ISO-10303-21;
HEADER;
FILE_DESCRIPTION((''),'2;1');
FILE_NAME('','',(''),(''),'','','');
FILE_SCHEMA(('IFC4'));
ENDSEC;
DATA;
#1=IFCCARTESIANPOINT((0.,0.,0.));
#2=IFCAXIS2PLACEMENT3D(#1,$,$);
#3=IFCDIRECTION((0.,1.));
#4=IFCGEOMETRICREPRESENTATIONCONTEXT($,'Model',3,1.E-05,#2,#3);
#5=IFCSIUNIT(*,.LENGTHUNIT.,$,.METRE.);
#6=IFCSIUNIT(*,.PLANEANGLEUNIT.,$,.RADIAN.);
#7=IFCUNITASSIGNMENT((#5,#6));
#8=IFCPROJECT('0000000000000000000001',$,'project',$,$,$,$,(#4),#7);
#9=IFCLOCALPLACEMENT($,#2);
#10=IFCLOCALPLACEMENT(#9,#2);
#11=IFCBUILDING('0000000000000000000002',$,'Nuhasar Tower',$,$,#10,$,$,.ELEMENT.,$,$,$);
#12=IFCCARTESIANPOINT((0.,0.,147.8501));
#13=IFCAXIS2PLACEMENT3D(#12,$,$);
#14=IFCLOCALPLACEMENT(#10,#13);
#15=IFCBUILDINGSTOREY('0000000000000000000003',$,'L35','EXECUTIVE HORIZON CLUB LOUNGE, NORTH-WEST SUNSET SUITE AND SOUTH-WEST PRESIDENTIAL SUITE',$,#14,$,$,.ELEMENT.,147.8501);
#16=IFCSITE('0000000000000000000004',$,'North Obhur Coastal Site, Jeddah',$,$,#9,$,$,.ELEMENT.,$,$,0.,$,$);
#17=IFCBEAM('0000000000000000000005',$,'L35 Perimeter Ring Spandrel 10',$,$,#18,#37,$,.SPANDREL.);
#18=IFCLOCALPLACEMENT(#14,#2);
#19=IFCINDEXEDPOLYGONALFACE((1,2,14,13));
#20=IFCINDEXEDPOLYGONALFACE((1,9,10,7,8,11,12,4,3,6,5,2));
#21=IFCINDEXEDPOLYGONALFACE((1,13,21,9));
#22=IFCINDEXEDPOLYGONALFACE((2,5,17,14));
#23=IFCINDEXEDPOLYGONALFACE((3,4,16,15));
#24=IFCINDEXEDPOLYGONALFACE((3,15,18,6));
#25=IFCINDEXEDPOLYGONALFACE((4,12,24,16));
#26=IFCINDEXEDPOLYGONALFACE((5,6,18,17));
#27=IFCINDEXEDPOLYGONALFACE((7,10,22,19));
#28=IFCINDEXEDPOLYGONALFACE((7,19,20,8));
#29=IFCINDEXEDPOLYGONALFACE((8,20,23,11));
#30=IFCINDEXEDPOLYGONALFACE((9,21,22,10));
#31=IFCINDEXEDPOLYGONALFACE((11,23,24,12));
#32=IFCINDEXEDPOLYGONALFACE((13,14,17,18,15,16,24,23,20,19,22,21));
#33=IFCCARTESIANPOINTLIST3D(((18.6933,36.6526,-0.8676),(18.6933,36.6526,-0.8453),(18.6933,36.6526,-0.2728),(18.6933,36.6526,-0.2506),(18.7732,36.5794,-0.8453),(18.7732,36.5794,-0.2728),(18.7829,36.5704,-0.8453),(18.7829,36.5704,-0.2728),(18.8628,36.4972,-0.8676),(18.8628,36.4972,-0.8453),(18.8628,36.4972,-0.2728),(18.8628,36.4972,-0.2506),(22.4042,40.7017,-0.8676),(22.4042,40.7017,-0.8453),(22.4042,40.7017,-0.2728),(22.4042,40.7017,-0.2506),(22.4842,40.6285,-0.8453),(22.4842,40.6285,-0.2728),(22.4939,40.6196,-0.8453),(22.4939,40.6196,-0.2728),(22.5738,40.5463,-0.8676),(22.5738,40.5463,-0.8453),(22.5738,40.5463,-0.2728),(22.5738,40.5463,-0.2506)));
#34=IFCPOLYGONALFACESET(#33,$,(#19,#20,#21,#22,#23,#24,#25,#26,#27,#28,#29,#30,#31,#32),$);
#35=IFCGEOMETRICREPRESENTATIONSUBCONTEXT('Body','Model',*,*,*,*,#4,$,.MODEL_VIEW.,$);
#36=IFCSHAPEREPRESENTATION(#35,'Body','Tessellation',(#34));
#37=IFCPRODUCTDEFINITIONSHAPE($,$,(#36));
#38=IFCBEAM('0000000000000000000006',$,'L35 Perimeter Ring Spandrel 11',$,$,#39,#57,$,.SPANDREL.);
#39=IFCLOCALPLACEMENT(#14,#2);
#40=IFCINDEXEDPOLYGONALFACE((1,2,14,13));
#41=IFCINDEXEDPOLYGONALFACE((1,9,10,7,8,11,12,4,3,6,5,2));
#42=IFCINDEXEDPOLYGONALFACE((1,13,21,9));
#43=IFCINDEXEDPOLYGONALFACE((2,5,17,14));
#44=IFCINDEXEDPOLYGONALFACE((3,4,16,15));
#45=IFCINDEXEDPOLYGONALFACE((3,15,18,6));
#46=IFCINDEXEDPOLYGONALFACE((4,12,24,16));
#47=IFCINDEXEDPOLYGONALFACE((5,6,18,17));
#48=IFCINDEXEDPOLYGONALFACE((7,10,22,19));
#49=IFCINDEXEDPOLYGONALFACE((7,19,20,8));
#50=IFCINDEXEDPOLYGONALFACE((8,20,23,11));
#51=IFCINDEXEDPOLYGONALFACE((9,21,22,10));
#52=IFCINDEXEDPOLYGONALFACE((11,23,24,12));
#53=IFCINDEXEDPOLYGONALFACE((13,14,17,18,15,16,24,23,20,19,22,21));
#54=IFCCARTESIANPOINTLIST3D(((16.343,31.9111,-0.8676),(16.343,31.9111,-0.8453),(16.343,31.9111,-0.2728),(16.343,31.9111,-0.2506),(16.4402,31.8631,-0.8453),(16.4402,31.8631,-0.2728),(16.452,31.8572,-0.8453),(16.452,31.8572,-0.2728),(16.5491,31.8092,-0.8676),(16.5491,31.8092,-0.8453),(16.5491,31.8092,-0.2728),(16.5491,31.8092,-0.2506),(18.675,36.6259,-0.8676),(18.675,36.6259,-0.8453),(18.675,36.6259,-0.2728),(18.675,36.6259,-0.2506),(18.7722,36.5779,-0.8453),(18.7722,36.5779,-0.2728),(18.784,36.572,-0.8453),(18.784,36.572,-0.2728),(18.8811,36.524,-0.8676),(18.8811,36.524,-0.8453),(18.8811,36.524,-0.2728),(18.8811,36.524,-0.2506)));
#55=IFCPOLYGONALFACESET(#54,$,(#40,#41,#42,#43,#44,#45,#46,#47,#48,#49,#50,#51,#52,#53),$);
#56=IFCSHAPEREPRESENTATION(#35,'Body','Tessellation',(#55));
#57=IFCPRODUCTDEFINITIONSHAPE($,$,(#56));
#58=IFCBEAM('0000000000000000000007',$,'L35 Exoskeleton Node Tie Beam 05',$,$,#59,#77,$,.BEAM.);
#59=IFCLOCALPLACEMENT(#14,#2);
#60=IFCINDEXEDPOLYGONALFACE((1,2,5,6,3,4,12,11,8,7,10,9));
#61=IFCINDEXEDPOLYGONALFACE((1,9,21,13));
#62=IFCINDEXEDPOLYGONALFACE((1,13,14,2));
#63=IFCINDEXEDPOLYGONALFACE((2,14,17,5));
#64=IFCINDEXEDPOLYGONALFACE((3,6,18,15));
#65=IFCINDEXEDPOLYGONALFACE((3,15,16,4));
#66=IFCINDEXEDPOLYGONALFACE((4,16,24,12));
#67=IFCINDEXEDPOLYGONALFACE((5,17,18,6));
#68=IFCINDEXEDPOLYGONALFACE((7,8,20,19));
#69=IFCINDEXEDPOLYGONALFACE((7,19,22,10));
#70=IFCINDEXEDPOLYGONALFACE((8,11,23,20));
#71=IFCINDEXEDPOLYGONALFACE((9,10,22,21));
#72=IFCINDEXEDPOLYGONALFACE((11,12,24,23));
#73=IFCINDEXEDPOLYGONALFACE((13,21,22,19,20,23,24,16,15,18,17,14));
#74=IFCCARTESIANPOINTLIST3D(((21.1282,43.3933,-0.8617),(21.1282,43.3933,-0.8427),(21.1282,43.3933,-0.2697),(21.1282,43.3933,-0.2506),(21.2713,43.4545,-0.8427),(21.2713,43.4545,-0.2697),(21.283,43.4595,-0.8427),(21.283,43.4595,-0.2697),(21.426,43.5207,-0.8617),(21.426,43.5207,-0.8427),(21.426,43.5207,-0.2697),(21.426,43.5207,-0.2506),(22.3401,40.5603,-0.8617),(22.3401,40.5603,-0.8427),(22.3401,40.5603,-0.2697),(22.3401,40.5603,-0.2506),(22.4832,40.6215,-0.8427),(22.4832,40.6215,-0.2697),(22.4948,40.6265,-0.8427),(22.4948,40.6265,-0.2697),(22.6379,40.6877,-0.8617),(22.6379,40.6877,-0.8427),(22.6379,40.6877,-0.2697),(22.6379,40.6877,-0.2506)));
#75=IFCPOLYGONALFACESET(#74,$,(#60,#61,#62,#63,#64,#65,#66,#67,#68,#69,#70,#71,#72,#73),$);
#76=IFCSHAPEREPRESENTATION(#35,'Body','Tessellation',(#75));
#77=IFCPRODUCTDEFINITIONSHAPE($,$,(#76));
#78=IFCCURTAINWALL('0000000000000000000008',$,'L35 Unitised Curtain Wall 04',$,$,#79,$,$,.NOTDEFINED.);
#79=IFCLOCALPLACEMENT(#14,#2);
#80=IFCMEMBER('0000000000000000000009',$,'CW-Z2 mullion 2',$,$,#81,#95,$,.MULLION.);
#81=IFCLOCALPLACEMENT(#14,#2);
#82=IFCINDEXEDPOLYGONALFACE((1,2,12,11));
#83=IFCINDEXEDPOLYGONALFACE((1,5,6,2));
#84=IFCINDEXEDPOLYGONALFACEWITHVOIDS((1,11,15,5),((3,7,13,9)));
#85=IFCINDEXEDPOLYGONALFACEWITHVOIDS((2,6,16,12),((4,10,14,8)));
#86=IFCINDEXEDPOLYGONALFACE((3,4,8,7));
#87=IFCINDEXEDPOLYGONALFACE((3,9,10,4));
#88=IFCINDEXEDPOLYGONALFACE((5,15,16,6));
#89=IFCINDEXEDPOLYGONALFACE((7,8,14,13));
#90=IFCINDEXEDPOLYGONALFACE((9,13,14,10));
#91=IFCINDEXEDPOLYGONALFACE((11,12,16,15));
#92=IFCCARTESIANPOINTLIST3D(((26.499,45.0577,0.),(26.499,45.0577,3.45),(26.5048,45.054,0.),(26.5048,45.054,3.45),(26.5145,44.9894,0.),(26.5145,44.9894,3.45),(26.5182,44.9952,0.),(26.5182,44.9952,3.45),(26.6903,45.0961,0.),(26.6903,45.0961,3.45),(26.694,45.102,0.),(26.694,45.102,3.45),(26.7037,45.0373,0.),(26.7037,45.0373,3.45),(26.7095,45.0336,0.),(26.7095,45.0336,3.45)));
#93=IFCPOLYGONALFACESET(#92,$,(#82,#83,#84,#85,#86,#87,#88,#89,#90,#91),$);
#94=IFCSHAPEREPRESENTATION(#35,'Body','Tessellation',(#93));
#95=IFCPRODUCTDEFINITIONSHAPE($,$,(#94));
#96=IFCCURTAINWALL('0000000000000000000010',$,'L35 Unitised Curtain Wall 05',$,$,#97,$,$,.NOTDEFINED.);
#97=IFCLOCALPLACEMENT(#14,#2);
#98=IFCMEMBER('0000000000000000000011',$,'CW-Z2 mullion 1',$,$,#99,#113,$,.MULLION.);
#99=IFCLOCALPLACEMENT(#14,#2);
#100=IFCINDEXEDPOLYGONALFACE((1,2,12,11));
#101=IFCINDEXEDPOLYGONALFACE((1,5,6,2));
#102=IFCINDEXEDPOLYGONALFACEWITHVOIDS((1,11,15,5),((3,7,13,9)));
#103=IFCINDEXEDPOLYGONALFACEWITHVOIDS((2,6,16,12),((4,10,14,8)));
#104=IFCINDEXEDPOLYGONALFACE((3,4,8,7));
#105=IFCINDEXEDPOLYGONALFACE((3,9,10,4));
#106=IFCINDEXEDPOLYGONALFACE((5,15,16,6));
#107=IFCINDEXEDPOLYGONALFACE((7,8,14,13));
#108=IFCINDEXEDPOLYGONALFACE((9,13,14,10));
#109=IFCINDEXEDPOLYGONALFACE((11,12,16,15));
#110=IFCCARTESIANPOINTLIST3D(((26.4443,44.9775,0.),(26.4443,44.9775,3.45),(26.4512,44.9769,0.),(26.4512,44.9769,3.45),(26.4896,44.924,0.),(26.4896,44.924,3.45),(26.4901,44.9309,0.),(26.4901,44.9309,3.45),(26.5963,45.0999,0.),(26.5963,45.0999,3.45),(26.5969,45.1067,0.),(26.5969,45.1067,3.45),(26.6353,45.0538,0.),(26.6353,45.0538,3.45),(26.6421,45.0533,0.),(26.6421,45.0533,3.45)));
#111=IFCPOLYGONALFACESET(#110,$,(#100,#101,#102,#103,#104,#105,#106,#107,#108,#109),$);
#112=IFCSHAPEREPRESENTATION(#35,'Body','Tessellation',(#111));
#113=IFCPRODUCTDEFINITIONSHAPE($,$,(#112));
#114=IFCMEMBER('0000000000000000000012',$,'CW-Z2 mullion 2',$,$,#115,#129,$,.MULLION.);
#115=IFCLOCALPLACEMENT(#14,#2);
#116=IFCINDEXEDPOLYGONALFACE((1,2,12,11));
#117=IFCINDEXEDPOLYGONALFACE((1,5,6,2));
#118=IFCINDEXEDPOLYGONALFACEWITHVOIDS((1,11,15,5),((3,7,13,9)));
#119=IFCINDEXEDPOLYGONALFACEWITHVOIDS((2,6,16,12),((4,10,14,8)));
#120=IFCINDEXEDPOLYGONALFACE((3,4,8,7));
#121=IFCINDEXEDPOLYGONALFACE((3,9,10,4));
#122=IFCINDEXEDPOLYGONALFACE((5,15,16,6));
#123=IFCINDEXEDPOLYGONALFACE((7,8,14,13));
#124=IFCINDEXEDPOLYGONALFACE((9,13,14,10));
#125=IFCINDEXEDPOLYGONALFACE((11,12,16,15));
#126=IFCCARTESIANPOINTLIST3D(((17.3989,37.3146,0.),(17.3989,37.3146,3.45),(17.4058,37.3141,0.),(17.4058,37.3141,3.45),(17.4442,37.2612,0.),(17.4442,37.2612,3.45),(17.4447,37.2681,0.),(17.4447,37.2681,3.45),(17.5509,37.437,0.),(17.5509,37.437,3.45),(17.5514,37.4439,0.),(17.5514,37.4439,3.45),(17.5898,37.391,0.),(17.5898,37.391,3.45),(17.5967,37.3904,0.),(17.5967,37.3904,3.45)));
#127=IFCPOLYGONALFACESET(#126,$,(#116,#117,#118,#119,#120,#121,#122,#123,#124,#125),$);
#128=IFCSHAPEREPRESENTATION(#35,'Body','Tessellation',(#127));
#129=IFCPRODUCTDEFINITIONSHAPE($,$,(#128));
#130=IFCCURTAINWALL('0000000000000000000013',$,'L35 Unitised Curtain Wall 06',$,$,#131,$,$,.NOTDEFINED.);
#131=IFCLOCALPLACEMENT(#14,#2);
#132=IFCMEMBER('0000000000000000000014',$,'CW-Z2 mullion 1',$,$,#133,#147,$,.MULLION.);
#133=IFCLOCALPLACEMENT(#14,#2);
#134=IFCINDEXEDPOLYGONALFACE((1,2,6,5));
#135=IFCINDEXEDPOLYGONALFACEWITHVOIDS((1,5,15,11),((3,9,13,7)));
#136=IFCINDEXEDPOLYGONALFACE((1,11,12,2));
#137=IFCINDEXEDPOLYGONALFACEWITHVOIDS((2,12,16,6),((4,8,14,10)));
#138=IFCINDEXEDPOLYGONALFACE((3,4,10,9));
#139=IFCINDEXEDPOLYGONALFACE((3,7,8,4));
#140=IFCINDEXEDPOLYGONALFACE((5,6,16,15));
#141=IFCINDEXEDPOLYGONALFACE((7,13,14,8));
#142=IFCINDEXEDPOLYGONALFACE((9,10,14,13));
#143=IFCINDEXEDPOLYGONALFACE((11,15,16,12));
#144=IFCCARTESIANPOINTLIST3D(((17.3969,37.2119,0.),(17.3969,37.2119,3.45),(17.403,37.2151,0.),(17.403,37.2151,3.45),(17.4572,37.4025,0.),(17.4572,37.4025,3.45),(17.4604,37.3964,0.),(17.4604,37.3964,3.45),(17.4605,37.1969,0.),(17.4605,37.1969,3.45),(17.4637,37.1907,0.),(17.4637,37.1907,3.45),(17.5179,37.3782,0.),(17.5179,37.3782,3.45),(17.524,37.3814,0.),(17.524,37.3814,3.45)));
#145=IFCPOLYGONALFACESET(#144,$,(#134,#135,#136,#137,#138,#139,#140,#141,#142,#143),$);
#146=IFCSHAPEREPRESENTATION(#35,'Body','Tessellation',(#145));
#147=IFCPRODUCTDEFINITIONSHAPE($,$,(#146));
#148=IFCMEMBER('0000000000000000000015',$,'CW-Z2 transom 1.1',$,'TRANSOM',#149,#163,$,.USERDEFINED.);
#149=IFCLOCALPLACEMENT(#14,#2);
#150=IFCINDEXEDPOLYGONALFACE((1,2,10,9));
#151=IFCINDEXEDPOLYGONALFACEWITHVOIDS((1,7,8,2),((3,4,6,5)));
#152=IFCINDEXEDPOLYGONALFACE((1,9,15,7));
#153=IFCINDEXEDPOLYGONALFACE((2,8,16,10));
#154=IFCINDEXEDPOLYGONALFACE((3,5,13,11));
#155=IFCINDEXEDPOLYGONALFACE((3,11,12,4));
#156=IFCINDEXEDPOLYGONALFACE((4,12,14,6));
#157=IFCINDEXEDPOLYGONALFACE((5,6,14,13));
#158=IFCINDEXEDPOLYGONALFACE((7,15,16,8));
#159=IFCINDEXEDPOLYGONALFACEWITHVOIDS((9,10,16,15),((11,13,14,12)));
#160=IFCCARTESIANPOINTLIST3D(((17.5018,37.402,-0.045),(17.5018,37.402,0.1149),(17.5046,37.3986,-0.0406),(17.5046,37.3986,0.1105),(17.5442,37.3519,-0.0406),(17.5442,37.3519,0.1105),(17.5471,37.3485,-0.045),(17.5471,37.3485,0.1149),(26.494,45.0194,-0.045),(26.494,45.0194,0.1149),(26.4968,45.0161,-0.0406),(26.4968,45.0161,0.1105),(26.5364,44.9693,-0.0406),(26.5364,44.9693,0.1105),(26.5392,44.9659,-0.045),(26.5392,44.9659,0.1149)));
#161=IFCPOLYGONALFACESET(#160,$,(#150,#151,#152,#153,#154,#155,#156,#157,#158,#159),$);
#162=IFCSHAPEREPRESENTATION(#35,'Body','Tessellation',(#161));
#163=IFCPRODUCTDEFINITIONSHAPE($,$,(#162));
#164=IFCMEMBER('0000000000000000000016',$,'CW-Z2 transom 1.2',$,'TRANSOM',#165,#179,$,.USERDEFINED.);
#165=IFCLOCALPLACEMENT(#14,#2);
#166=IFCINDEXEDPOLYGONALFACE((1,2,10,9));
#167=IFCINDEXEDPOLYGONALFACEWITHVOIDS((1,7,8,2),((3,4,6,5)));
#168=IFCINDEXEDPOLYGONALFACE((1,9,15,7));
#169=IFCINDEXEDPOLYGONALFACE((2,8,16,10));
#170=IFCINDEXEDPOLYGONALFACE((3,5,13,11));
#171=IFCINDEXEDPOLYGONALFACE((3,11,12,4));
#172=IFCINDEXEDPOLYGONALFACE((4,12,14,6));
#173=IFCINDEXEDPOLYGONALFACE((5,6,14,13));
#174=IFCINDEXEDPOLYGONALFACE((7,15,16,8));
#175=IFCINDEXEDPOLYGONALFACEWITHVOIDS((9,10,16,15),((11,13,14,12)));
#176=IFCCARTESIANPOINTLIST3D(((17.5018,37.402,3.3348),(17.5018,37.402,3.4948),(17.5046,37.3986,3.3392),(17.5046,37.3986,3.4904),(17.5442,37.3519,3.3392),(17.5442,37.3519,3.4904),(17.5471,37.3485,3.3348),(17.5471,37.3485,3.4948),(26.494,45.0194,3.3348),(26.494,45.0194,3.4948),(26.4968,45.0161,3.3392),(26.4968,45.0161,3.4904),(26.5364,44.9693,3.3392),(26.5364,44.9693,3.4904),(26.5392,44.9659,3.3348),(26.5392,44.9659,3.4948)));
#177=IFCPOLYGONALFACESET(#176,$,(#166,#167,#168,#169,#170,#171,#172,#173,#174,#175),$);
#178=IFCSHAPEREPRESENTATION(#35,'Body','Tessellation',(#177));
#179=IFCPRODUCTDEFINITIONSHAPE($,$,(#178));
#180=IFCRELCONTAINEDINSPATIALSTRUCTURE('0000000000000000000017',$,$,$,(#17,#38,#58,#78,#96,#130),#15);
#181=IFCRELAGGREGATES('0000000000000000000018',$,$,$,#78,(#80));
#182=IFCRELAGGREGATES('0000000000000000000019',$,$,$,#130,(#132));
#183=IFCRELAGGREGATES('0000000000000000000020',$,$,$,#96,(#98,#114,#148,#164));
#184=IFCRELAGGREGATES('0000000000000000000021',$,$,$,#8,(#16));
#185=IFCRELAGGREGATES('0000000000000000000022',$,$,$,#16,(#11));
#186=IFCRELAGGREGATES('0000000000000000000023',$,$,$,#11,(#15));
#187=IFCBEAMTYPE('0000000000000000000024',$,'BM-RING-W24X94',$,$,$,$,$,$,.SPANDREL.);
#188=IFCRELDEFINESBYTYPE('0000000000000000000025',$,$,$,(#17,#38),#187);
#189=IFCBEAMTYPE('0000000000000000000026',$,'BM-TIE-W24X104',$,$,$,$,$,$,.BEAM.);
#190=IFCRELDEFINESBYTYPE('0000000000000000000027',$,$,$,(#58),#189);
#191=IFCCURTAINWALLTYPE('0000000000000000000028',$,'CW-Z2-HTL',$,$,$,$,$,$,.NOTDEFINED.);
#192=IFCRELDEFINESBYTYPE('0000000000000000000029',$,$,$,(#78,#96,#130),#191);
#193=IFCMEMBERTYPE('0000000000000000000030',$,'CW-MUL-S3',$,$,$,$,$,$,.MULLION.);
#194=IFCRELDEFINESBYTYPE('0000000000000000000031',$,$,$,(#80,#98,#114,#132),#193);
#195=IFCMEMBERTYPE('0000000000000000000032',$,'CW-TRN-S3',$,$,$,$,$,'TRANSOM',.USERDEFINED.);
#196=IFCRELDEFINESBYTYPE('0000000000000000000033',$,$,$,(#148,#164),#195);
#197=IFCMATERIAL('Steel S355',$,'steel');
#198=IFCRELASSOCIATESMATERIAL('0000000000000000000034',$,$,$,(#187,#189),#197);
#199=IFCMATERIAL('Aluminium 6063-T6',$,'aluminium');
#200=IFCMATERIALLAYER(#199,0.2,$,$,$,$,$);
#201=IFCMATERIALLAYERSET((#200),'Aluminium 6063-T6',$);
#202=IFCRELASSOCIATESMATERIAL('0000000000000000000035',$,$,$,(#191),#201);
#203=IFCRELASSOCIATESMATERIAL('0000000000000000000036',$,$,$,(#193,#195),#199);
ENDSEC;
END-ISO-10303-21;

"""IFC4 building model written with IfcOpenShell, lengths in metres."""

from ifc_helpers import new_model, si_unit, direction, frame, origin, origin_2d, place, context, subcontext, project, spatial, hollow_rectangle, i_section, extrude, material, layer, layer_set, material_profile, profile_set, type_object, element, aggregate, save


model = new_model("IFC4")

# Units and contexts
model_context = context("Model", 3, precision=1e-05, world=origin(), true_north=direction((0.0, 1.0)))
body_context = subcontext(model_context, "Body", "Model", "MODEL_VIEW")
ifc_project = project(units=[si_unit("LENGTHUNIT", "METRE"), si_unit("PLANEANGLEUNIT", "RADIAN")], contexts=[model_context])

# Site, building, storey
site_placement = place(None, origin())
site = spatial("IfcSite", under=ifc_project, at=site_placement, Name="North Obhur Coastal Site, Jeddah", CompositionType="ELEMENT", RefElevation=0.0)
building_placement = place(site_placement, origin())
building = spatial("IfcBuilding", under=site, at=building_placement, Name="Nuhasar Tower", CompositionType="ELEMENT")
storey_placement = place(building_placement, frame((0.0, 0.0, 147.8501)))
storey = spatial("IfcBuildingStorey", under=building, at=storey_placement, Name="L35", Description="EXECUTIVE HORIZON CLUB LOUNGE, NORTH-WEST SUNSET SUITE AND SOUTH-WEST PRESIDENTIAL SUITE", CompositionType="ELEMENT", Elevation=147.8501)

# Beams
ifc_material_1 = material(Name="Steel S355", Category="steel")
ifc_material_profile_1 = material_profile(ifc_material_1, i_section(OverallWidth=0.23, OverallDepth=0.6169, WebThickness=0.0132, FlangeThickness=0.0222, at=origin_2d()), Name="W24X94")
ifc_profile_set_1 = profile_set([ifc_material_profile_1], Name="Steel S355")
beam_type_1 = type_object("IfcBeamType", Name="BM-RING-W24X94", PredefinedType="SPANDREL", material=ifc_profile_set_1)
beam_1_placement = place(storey_placement, frame((22.489, 40.624, -0.5591), z_axis=(-0.675654, -0.737219, 0.0), x_axis=(0.737219, -0.675654, 0.0)))
element("IfcBeam", 1, at=beam_1_placement, inside=storey, type_object=beam_type_1, Name="L35 Perimeter Ring Spandrel 10", PredefinedType="SPANDREL", context=body_context, shape_type="SweptSolid", body=[
    extrude(i_section(OverallWidth=0.23, OverallDepth=0.6169, WebThickness=0.0132, FlangeThickness=0.0222, at=origin_2d()), origin(), (0.0, 0.0, 1.0), 5.4924),
])
beam_2_placement = place(storey_placement, frame((18.7781, 36.575, -0.5591), z_axis=(-0.443348, -0.89635, 0.0), x_axis=(0.89635, -0.443348, 0.0)))
element("IfcBeam", 2, at=beam_2_placement, inside=storey, type_object=beam_type_1, Name="L35 Perimeter Ring Spandrel 11", PredefinedType="SPANDREL", context=body_context, shape_type="SweptSolid", body=[
    extrude(i_section(OverallWidth=0.23, OverallDepth=0.6169, WebThickness=0.0132, FlangeThickness=0.0222, at=origin_2d()), origin(), (0.0, 0.0, 1.0), 5.26),
])
ifc_material_profile_2 = material_profile(ifc_material_1, i_section(OverallWidth=0.324, OverallDepth=0.6111, WebThickness=0.0127, FlangeThickness=0.019, at=origin_2d()), Name="W24X104")
ifc_profile_set_2 = profile_set([ifc_material_profile_2], Name="Steel S355")
beam_type_2 = type_object("IfcBeamType", Name="BM-TIE-W24X104", PredefinedType="BEAM", material=ifc_profile_set_2)
beam_3_placement = place(storey_placement, frame((22.489, 40.624, -0.5562), z_axis=(-0.393307, 0.919407, 0.0), x_axis=(-0.919407, -0.393307, 0.0)))
element("IfcBeam", 3, at=beam_3_placement, inside=storey, type_object=beam_type_2, Name="L35 Exoskeleton Node Tie Beam 05", PredefinedType="BEAM", context=body_context, shape_type="SweptSolid", body=[
    extrude(i_section(OverallWidth=0.324, OverallDepth=0.6111, WebThickness=0.0127, FlangeThickness=0.019, at=origin_2d()), origin(), (0.0, 0.0, 1.0), 3.0813),
])

# Curtain wall, member
ifc_material_2 = material(Name="Aluminium 6063-T6", Category="aluminium")
ifc_layer_1 = layer(ifc_material_2, 0.2)
ifc_layer_set_1 = layer_set([ifc_layer_1], Name="Aluminium 6063-T6")
curtain_wall_type = type_object("IfcCurtainWallType", Name="CW-Z2-HTL", PredefinedType="NOTDEFINED", material=ifc_layer_set_1)
curtain_wall_1_placement = place(storey_placement, origin())
curtain_wall_1 = element("IfcCurtainWall", 4, at=curtain_wall_1_placement, inside=storey, type_object=curtain_wall_type, Name="L35 Unitised Curtain Wall 04", PredefinedType="NOTDEFINED")
ifc_material_profile_3 = material_profile(ifc_material_2, hollow_rectangle(XDim=0.0701, YDim=0.2, WallThickness=0.0049, at=origin_2d()), Name="CWM-3")
ifc_profile_set_3 = profile_set([ifc_material_profile_3], Name="Aluminium 6063-T6")
member_type_1 = type_object("IfcMemberType", Name="CW-MUL-S3", PredefinedType="MULLION", material=ifc_profile_set_3)
member_1_placement = place(storey_placement, frame((26.6042, 45.0457, 0.0), z_axis=(0.0, 0.0, 1.0), x_axis=(0.221397, -0.975184, 0.0)))
member_1 = element("IfcMember", 5, at=member_1_placement, type_object=member_type_1, Name="CW-Z2 mullion 2", PredefinedType="MULLION", context=body_context, shape_type="SweptSolid", body=[
    extrude(hollow_rectangle(XDim=0.0701, YDim=0.2, WallThickness=0.0049, at=origin_2d()), origin(), (0.0, 0.0, 1.0), 3.45),
])
aggregate(curtain_wall_1, [member_1])

# Curtain wall, members
curtain_wall_2_placement = place(storey_placement, origin())
curtain_wall_2 = element("IfcCurtainWall", 6, at=curtain_wall_2_placement, inside=storey, type_object=curtain_wall_type, Name="L35 Unitised Curtain Wall 05", PredefinedType="NOTDEFINED")
member_2_placement = place(storey_placement, frame((26.5432, 45.0154, 0.0), z_axis=(0.0, 0.0, 1.0), x_axis=(0.646374, -0.76302, 0.0)))
member_2 = element("IfcMember", 7, at=member_2_placement, type_object=member_type_1, Name="CW-Z2 mullion 1", PredefinedType="MULLION", context=body_context, shape_type="SweptSolid", body=[
    extrude(hollow_rectangle(XDim=0.0701, YDim=0.2, WallThickness=0.0049, at=origin_2d()), origin(), (0.0, 0.0, 1.0), 3.45),
])
member_3_placement = place(storey_placement, frame((17.4978, 37.3525, 0.0), z_axis=(0.0, 0.0, 1.0), x_axis=(0.646374, -0.76302, 0.0)))
member_3 = element("IfcMember", 8, at=member_3_placement, type_object=member_type_1, Name="CW-Z2 mullion 2", PredefinedType="MULLION", context=body_context, shape_type="SweptSolid", body=[
    extrude(hollow_rectangle(XDim=0.0701, YDim=0.2, WallThickness=0.0049, at=origin_2d()), origin(), (0.0, 0.0, 1.0), 3.45),
])

# Curtain wall, member
curtain_wall_3_placement = place(storey_placement, origin())
curtain_wall_3 = element("IfcCurtainWall", 9, at=curtain_wall_3_placement, inside=storey, type_object=curtain_wall_type, Name="L35 Unitised Curtain Wall 06", PredefinedType="NOTDEFINED")
member_4_placement = place(storey_placement, frame((17.4604, 37.2966, 0.0), z_axis=(0.0, 0.0, 1.0), x_axis=(0.953433, -0.301604, 0.0)))
member_4 = element("IfcMember", 10, at=member_4_placement, type_object=member_type_1, Name="CW-Z2 mullion 1", PredefinedType="MULLION", context=body_context, shape_type="SweptSolid", body=[
    extrude(hollow_rectangle(XDim=0.0701, YDim=0.2, WallThickness=0.0049, at=origin_2d()), origin(), (0.0, 0.0, 1.0), 3.45),
])

# Members
ifc_material_profile_4 = material_profile(ifc_material_2, hollow_rectangle(XDim=0.0701, YDim=0.1599, WallThickness=0.0044, at=origin_2d()), Name="CWT-3")
ifc_profile_set_4 = profile_set([ifc_material_profile_4], Name="Aluminium 6063-T6")
member_type_2 = type_object("IfcMemberType", Name="CW-TRN-S3", ElementType="TRANSOM", PredefinedType="USERDEFINED", material=ifc_profile_set_4)
member_5_placement = place(storey_placement, frame((26.5166, 44.9927, 0.0349), z_axis=(-0.763024, -0.64637, 0.0), x_axis=(0.64637, -0.763024, 0.0)))
member_5 = element("IfcMember", 11, at=member_5_placement, type_object=member_type_2, Name="CW-Z2 transom 1.1", ObjectType="TRANSOM", PredefinedType="USERDEFINED", context=body_context, shape_type="SweptSolid", body=[
    extrude(hollow_rectangle(XDim=0.0701, YDim=0.1599, WallThickness=0.0044, at=origin_2d()), origin(), (0.0, 0.0, 1.0), 11.7849),
])
member_6_placement = place(storey_placement, frame((26.5166, 44.9927, 3.4148), z_axis=(-0.763024, -0.64637, 0.0), x_axis=(0.64637, -0.763024, 0.0)))
member_6 = element("IfcMember", 12, at=member_6_placement, type_object=member_type_2, Name="CW-Z2 transom 1.2", ObjectType="TRANSOM", PredefinedType="USERDEFINED", context=body_context, shape_type="SweptSolid", body=[
    extrude(hollow_rectangle(XDim=0.0701, YDim=0.1599, WallThickness=0.0044, at=origin_2d()), origin(), (0.0, 0.0, 1.0), 11.7849),
])
aggregate(curtain_wall_3, [member_4])

aggregate(curtain_wall_2, [member_2, member_3, member_5, member_6])

save(model, "model.ifc")
